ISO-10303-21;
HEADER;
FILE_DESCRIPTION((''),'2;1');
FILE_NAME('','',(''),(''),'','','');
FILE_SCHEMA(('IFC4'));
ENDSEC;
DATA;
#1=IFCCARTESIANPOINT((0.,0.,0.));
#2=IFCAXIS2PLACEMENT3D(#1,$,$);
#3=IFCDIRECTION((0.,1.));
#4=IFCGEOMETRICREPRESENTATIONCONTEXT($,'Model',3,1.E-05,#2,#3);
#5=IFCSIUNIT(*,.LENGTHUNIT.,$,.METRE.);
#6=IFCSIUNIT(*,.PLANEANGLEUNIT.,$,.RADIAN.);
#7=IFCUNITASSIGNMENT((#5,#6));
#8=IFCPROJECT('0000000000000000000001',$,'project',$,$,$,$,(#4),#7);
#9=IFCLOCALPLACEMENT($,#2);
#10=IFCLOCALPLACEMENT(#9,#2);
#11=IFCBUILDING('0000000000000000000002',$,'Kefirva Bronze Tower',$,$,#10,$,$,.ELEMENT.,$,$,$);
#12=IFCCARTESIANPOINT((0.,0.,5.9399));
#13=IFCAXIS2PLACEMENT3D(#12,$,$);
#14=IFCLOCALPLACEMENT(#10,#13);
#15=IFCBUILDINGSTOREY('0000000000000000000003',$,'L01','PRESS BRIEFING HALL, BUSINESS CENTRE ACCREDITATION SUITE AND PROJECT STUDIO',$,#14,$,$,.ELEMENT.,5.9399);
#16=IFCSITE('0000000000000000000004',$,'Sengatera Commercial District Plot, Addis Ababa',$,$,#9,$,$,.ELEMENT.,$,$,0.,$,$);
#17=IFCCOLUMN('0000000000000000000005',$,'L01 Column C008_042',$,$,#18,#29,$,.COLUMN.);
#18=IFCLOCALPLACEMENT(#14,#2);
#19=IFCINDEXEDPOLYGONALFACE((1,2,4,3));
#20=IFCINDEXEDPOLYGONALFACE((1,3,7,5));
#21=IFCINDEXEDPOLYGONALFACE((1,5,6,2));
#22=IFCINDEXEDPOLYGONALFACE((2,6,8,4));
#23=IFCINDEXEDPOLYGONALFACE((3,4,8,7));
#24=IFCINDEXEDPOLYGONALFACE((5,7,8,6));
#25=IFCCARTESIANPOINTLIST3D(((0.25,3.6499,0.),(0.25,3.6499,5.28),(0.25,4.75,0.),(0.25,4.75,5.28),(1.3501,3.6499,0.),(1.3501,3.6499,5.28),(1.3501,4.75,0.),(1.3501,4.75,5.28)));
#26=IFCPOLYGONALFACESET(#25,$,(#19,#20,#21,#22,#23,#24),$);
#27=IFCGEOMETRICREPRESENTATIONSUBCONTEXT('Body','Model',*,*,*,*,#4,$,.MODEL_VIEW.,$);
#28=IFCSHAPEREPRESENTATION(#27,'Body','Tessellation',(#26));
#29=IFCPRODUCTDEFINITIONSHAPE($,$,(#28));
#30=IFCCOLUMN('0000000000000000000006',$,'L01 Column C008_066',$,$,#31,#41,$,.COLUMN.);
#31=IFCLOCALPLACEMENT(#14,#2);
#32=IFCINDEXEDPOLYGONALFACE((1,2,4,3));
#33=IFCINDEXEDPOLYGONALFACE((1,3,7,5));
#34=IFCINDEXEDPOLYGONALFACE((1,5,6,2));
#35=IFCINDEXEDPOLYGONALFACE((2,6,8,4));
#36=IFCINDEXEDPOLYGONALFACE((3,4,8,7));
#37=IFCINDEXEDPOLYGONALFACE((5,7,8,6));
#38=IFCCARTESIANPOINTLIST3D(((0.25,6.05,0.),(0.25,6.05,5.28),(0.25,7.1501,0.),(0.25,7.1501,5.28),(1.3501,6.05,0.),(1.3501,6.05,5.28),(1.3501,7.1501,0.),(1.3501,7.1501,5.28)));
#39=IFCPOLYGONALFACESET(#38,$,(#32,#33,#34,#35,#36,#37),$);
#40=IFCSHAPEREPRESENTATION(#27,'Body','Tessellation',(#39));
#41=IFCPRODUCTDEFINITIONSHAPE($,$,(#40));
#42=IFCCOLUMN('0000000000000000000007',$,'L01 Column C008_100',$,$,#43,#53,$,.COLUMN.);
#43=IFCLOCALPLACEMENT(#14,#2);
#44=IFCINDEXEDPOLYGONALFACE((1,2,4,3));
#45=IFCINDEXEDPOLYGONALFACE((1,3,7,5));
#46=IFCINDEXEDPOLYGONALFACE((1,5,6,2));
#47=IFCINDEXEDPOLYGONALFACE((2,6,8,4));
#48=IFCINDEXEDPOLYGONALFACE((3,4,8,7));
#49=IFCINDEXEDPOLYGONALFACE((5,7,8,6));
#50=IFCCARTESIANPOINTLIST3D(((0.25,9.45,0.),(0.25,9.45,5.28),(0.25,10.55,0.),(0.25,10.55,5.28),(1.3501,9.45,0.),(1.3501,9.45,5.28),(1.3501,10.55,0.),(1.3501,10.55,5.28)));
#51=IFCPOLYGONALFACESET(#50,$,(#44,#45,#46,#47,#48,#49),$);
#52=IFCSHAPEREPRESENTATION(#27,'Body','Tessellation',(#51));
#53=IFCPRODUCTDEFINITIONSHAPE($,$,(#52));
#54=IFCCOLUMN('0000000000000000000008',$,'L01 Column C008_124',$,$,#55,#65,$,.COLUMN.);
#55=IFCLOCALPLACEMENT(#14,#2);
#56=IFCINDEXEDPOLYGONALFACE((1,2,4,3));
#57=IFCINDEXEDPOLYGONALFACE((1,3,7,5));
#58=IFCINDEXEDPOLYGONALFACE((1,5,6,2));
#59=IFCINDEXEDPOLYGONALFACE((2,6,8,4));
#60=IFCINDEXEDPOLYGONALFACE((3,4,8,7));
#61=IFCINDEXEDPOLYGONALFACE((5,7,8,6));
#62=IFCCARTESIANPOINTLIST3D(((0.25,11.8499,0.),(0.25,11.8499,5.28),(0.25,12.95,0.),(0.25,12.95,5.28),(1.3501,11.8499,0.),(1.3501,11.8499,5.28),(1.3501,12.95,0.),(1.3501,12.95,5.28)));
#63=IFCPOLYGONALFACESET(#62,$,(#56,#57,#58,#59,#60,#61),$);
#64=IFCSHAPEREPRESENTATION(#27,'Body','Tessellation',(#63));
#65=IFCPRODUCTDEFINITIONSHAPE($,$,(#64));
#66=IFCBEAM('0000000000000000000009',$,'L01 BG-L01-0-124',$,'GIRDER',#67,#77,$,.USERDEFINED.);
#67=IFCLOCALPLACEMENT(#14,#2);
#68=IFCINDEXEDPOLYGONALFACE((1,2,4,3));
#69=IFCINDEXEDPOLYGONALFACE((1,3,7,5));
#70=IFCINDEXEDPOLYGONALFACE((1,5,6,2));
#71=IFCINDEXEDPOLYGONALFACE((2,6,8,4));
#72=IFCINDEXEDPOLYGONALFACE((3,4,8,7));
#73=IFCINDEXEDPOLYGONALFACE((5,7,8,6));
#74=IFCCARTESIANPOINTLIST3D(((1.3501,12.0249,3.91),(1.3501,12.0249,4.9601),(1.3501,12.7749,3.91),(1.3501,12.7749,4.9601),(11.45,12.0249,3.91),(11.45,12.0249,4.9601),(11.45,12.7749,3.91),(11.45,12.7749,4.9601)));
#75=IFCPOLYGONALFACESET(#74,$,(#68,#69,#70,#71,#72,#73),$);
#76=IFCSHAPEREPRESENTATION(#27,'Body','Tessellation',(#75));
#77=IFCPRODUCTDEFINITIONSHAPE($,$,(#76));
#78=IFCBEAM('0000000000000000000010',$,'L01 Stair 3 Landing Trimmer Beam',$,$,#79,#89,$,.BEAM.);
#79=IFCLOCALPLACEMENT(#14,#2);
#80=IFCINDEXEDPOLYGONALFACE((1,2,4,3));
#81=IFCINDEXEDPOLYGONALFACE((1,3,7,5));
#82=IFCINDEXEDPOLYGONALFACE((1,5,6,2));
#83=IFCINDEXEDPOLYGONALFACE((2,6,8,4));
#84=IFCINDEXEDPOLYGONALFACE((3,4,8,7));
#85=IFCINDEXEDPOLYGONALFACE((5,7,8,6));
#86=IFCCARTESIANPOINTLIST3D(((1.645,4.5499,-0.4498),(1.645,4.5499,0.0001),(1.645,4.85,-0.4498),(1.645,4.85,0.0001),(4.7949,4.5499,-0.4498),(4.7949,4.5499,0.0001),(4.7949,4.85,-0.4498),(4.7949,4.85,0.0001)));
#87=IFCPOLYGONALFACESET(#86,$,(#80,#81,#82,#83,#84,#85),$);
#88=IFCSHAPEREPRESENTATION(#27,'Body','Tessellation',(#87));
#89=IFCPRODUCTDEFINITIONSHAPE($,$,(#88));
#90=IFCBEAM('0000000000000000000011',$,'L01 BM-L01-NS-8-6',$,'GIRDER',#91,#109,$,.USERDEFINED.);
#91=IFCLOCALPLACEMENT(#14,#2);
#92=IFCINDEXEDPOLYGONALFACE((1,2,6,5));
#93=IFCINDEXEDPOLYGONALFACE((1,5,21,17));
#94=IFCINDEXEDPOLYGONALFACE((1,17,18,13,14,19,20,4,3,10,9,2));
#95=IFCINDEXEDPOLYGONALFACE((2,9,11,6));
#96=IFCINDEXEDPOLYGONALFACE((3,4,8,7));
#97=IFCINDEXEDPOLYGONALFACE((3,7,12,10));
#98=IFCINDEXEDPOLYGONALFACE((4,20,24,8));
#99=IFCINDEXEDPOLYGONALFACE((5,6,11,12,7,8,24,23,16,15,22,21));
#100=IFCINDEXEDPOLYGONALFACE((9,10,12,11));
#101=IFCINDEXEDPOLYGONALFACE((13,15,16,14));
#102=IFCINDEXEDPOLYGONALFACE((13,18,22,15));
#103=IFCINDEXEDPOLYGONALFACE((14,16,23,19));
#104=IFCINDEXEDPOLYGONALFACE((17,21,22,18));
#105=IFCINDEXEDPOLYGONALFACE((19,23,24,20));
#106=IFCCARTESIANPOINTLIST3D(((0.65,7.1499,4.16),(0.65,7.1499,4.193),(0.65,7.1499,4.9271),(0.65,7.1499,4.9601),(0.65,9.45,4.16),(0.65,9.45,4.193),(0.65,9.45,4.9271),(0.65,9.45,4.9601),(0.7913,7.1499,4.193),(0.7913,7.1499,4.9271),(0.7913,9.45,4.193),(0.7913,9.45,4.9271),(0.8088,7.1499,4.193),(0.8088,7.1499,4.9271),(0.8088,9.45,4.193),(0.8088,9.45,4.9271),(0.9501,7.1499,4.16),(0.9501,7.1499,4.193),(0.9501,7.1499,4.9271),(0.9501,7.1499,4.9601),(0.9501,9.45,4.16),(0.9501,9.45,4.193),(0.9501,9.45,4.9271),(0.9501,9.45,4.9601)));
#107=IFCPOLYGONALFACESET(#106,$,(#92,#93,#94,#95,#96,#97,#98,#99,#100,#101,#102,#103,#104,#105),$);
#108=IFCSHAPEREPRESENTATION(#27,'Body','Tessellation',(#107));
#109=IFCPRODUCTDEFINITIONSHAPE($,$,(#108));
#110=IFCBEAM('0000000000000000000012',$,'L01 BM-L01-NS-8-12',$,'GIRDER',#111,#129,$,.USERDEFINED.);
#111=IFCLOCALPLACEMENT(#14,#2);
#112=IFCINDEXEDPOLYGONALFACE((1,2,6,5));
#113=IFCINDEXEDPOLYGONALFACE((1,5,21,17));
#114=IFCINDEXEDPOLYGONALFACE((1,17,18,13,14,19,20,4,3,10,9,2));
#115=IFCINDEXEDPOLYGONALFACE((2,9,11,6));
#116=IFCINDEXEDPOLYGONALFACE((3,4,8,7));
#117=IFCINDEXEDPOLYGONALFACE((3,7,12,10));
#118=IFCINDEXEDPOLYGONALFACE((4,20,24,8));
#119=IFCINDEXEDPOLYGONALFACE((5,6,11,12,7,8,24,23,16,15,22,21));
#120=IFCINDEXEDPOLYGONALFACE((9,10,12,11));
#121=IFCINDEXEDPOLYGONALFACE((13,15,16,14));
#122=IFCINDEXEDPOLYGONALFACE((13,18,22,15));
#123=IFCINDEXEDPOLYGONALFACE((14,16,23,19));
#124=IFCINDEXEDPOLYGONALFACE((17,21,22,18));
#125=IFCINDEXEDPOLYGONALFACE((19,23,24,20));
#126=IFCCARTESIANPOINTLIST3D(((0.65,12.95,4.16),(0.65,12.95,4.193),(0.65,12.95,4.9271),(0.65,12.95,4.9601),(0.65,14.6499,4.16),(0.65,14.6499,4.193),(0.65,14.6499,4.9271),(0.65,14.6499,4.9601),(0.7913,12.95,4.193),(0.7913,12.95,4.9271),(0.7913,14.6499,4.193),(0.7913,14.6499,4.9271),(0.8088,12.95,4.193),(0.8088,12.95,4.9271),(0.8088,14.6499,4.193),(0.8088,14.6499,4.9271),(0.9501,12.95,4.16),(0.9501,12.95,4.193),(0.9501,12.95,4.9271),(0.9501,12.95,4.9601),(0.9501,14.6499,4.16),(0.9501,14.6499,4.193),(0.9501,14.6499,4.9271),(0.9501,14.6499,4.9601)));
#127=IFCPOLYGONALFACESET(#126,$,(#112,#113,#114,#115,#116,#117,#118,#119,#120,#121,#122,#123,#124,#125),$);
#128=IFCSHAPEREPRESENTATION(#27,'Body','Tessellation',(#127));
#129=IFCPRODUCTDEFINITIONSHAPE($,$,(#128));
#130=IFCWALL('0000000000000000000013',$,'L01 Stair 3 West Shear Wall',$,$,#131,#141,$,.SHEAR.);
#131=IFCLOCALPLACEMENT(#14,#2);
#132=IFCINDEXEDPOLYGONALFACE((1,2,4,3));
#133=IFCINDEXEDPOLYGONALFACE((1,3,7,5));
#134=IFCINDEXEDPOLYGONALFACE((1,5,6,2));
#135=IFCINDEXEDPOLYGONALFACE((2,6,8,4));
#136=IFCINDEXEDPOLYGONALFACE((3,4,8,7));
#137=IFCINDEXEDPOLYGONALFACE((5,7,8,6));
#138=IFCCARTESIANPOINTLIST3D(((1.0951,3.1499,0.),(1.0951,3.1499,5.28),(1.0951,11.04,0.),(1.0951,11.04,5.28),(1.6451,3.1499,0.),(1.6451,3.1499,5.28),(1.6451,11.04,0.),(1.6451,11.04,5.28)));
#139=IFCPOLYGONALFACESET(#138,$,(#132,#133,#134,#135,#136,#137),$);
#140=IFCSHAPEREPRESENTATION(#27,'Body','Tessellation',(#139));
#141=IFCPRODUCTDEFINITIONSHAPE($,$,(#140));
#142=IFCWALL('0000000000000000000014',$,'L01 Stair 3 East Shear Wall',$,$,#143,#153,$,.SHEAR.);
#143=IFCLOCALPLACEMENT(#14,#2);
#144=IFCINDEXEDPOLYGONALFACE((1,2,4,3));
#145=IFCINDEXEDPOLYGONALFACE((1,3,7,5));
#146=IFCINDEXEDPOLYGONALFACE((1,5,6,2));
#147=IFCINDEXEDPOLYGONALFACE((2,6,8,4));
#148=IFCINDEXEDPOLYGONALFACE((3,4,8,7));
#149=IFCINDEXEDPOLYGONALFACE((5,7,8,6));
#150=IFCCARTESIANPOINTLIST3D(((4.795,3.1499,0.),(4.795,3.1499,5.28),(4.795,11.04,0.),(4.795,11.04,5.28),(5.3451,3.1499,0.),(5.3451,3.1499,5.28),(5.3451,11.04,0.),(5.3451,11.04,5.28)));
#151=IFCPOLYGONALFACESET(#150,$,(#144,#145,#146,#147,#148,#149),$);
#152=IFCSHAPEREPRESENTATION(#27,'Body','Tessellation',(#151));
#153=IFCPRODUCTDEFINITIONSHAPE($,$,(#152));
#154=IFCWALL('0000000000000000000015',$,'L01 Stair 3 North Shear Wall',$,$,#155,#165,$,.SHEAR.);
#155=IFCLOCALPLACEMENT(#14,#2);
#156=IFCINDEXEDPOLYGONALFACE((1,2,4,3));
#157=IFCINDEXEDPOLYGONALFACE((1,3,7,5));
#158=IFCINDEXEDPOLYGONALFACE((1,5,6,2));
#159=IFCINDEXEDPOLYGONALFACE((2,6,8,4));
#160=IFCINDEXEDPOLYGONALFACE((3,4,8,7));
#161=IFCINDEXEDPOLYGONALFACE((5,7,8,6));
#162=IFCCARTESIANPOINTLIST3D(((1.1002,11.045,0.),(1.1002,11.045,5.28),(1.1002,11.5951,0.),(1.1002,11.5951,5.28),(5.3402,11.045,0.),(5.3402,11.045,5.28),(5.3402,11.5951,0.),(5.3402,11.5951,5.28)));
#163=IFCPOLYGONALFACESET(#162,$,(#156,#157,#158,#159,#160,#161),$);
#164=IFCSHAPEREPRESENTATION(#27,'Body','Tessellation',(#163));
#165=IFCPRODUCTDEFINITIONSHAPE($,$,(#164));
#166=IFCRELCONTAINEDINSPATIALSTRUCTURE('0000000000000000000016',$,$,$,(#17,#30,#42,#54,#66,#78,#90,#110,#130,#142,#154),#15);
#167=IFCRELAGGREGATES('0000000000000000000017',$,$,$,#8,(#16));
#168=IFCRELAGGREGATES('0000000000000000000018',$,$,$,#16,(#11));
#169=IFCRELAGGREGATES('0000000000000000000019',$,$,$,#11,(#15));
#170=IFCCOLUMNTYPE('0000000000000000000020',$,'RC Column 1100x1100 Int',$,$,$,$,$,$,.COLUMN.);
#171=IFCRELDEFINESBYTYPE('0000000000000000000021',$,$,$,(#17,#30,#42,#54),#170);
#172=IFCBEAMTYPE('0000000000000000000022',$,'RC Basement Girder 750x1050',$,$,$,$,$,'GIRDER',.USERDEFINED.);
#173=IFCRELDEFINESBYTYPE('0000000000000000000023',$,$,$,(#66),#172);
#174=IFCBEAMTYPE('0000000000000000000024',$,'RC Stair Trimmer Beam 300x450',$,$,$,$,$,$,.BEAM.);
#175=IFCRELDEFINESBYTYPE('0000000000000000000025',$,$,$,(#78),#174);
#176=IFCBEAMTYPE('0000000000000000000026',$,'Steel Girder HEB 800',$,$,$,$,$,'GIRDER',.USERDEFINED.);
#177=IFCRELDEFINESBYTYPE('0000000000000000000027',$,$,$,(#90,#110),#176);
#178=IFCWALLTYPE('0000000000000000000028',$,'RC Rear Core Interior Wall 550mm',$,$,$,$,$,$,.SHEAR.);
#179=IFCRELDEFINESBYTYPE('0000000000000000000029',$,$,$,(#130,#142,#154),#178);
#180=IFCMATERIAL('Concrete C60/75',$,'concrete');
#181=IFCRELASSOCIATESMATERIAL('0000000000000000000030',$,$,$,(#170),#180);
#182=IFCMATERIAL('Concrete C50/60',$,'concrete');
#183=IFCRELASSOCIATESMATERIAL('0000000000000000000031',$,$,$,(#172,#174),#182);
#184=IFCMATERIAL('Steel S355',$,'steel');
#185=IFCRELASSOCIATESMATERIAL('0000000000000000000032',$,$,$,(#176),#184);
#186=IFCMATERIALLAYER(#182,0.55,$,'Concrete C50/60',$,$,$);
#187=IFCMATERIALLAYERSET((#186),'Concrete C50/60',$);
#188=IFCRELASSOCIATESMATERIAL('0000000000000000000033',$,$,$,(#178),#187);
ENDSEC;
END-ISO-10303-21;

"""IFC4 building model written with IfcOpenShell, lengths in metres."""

from ifc_helpers import new_model, si_unit, direction, frame, frame_2d, origin, origin_2d, place, context, subcontext, project, spatial, rectangle, i_section, extrude, material, layer, layer_set, material_profile, profile_set, type_object, element, save


model = new_model("IFC4")

# Units and contexts
model_context = context("Model", 3, precision=1e-05, world=origin(), true_north=direction((0.0, 1.0)))
body_context = subcontext(model_context, "Body", "Model", "MODEL_VIEW")
ifc_project = project(units=[si_unit("LENGTHUNIT", "METRE"), si_unit("PLANEANGLEUNIT", "RADIAN")], contexts=[model_context])

# Site, building, storey
site_placement = place(None, origin())
site = spatial("IfcSite", under=ifc_project, at=site_placement, Name="Sengatera Commercial District Plot, Addis Ababa", CompositionType="ELEMENT", RefElevation=0.0)
building_placement = place(site_placement, origin())
building = spatial("IfcBuilding", under=site, at=building_placement, Name="Kefirva Bronze Tower", CompositionType="ELEMENT")
storey_placement = place(building_placement, frame((0.0, 0.0, 5.9399)))
storey = spatial("IfcBuildingStorey", under=building, at=storey_placement, Name="L01", Description="PRESS BRIEFING HALL, BUSINESS CENTRE ACCREDITATION SUITE AND PROJECT STUDIO", CompositionType="ELEMENT", Elevation=5.9399)

# Columns
ifc_material_1 = material(Name="Concrete C60/75", Category="concrete")
ifc_material_profile_1 = material_profile(ifc_material_1, rectangle(XDim=1.1001, YDim=1.1001, at=origin_2d()), Name="RC 1100x1100")
ifc_profile_set_1 = profile_set([ifc_material_profile_1], Name="Concrete C60/75")
column_type = type_object("IfcColumnType", Name="RC Column 1100x1100 Int", PredefinedType="COLUMN", material=ifc_profile_set_1)
for number, where, z_axis, x_axis, name in (
    (1, (0.8, 4.2, 0.0), (0.0, 0.0, 1.0), (1.0, 0.0, 0.0), "L01 Column C008_042"),
    (2, (0.8, 6.6001, 0.0), (0.0, 0.0, 1.0), (1.0, 0.0, 0.0), "L01 Column C008_066"),
    (3, (0.8, 10.0, 0.0), (0.0, 0.0, 1.0), (1.0, 0.0, 0.0), "L01 Column C008_100"),
    (4, (0.8, 12.3999, 0.0), (0.0, 0.0, 1.0), (1.0, 0.0, 0.0), "L01 Column C008_124"),
):
    element("IfcColumn", number, at=place(storey_placement, frame(where, z_axis=z_axis, x_axis=x_axis)), inside=storey, type_object=column_type, Name=name, PredefinedType="COLUMN", context=body_context, shape_type="SweptSolid", body=[
        extrude(rectangle(XDim=1.1001, YDim=1.1001, at=origin_2d()), origin(), (0.0, 0.0, 1.0), 5.28),
    ])

# Beams
ifc_material_2 = material(Name="Concrete C50/60", Category="concrete")
ifc_material_profile_2 = material_profile(ifc_material_2, rectangle(XDim=0.75, YDim=1.05, at=origin_2d()), Name="RC 750x1050")
ifc_profile_set_2 = profile_set([ifc_material_profile_2], Name="Concrete C50/60")
beam_type_1 = type_object("IfcBeamType", Name="RC Basement Girder 750x1050", ElementType="GIRDER", PredefinedType="USERDEFINED", material=ifc_profile_set_2)
beam_1_placement = place(storey_placement, frame((1.3501, 12.3999, 4.4351), z_axis=(1.0, 0.0, 0.0), x_axis=(0.0, 1.0, 0.0)))
element("IfcBeam", 5, at=beam_1_placement, inside=storey, type_object=beam_type_1, Name="L01 BG-L01-0-124", ObjectType="GIRDER", PredefinedType="USERDEFINED", context=body_context, shape_type="SweptSolid", body=[
    extrude(rectangle(XDim=0.75, YDim=1.05, at=origin_2d()), origin(), (0.0, 0.0, 1.0), 10.0999),
])
ifc_material_profile_3 = material_profile(ifc_material_2, rectangle(XDim=0.3, YDim=0.45, at=origin_2d()), Name="RC 300x450")
ifc_profile_set_3 = profile_set([ifc_material_profile_3], Name="Concrete C50/60")
beam_type_2 = type_object("IfcBeamType", Name="RC Stair Trimmer Beam 300x450", PredefinedType="BEAM", material=ifc_profile_set_3)
beam_2_placement = place(storey_placement, frame((1.645, 4.7, -0.2249), z_axis=(1.0, 0.0, 0.0), x_axis=(0.0, 1.0, 0.0)))
element("IfcBeam", 6, at=beam_2_placement, inside=storey, type_object=beam_type_2, Name="L01 Stair 3 Landing Trimmer Beam", PredefinedType="BEAM", context=body_context, shape_type="SweptSolid", body=[
    extrude(rectangle(XDim=0.3, YDim=0.45, at=origin_2d()), origin(), (0.0, 0.0, 1.0), 3.1499),
])
ifc_material_3 = material(Name="Steel S355", Category="steel")
ifc_material_profile_4 = material_profile(ifc_material_3, i_section(OverallWidth=0.3, OverallDepth=0.8, WebThickness=0.0176, FlangeThickness=0.033, at=origin_2d()), Name="HEB 800")
ifc_profile_set_4 = profile_set([ifc_material_profile_4], Name="Steel S355")
beam_type_3 = type_object("IfcBeamType", Name="Steel Girder HEB 800", ElementType="GIRDER", PredefinedType="USERDEFINED", material=ifc_profile_set_4)
beam_3_placement = place(storey_placement, frame((0.8, 7.1499, 4.5601), z_axis=(0.0, 1.0, 0.0), x_axis=(-1.0, 0.0, 0.0)))
element("IfcBeam", 7, at=beam_3_placement, inside=storey, type_object=beam_type_3, Name="L01 BM-L01-NS-8-6", ObjectType="GIRDER", PredefinedType="USERDEFINED", context=body_context, shape_type="SweptSolid", body=[
    extrude(i_section(OverallWidth=0.3, OverallDepth=0.8, WebThickness=0.0176, FlangeThickness=0.033, at=origin_2d()), origin(), (0.0, 0.0, 1.0), 2.3),
])
beam_4_placement = place(storey_placement, frame((0.8, 12.95, 4.5601), z_axis=(0.0, 1.0, 0.0), x_axis=(-1.0, 0.0, 0.0)))
element("IfcBeam", 8, at=beam_4_placement, inside=storey, type_object=beam_type_3, Name="L01 BM-L01-NS-8-12", ObjectType="GIRDER", PredefinedType="USERDEFINED", context=body_context, shape_type="SweptSolid", body=[
    extrude(i_section(OverallWidth=0.3, OverallDepth=0.8, WebThickness=0.0176, FlangeThickness=0.033, at=origin_2d()), origin(), (0.0, 0.0, 1.0), 1.7),
])

# Walls
ifc_layer_1 = layer(ifc_material_2, 0.55, Name="Concrete C50/60")
ifc_layer_set_1 = layer_set([ifc_layer_1], Name="Concrete C50/60")
wall_type_1 = type_object("IfcWallType", Name="RC Rear Core Interior Wall 550mm", PredefinedType="SHEAR", material=ifc_layer_set_1)
for number, where, z_axis, x_axis, name in (
    (9, (1.3701, 3.1499, 0.0), (0.0, 0.0, 1.0), (0.0, 1.0, 0.0), "L01 Stair 3 West Shear Wall"),
    (10, (5.0701, 3.1499, 0.0), (0.0, 0.0, 1.0), (0.0, 1.0, 0.0), "L01 Stair 3 East Shear Wall"),
):
    element("IfcWall", number, at=place(storey_placement, frame(where, z_axis=z_axis, x_axis=x_axis)), inside=storey, type_object=wall_type_1, Name=name, PredefinedType="SHEAR", context=body_context, shape_type="SweptSolid", body=[
        extrude(rectangle(XDim=7.8901, YDim=0.55, at=frame_2d((3.9451, 0.0))), origin(), (0.0, 0.0, 1.0), 5.28),
    ])
wall_1_placement = place(storey_placement, frame((1.1001, 11.3201, 0.0), z_axis=(0.0, 0.0, 1.0), x_axis=(1.0, 0.0, 0.0)))
element("IfcWall", 11, at=wall_1_placement, inside=storey, type_object=wall_type_1, Name="L01 Stair 3 North Shear Wall", PredefinedType="SHEAR", context=body_context, shape_type="SweptSolid", body=[
    extrude(rectangle(XDim=4.24, YDim=0.55, at=frame_2d((2.1201, 0.0))), origin(), (0.0, 0.0, 1.0), 5.28),
])

save(model, "model.ifc")
